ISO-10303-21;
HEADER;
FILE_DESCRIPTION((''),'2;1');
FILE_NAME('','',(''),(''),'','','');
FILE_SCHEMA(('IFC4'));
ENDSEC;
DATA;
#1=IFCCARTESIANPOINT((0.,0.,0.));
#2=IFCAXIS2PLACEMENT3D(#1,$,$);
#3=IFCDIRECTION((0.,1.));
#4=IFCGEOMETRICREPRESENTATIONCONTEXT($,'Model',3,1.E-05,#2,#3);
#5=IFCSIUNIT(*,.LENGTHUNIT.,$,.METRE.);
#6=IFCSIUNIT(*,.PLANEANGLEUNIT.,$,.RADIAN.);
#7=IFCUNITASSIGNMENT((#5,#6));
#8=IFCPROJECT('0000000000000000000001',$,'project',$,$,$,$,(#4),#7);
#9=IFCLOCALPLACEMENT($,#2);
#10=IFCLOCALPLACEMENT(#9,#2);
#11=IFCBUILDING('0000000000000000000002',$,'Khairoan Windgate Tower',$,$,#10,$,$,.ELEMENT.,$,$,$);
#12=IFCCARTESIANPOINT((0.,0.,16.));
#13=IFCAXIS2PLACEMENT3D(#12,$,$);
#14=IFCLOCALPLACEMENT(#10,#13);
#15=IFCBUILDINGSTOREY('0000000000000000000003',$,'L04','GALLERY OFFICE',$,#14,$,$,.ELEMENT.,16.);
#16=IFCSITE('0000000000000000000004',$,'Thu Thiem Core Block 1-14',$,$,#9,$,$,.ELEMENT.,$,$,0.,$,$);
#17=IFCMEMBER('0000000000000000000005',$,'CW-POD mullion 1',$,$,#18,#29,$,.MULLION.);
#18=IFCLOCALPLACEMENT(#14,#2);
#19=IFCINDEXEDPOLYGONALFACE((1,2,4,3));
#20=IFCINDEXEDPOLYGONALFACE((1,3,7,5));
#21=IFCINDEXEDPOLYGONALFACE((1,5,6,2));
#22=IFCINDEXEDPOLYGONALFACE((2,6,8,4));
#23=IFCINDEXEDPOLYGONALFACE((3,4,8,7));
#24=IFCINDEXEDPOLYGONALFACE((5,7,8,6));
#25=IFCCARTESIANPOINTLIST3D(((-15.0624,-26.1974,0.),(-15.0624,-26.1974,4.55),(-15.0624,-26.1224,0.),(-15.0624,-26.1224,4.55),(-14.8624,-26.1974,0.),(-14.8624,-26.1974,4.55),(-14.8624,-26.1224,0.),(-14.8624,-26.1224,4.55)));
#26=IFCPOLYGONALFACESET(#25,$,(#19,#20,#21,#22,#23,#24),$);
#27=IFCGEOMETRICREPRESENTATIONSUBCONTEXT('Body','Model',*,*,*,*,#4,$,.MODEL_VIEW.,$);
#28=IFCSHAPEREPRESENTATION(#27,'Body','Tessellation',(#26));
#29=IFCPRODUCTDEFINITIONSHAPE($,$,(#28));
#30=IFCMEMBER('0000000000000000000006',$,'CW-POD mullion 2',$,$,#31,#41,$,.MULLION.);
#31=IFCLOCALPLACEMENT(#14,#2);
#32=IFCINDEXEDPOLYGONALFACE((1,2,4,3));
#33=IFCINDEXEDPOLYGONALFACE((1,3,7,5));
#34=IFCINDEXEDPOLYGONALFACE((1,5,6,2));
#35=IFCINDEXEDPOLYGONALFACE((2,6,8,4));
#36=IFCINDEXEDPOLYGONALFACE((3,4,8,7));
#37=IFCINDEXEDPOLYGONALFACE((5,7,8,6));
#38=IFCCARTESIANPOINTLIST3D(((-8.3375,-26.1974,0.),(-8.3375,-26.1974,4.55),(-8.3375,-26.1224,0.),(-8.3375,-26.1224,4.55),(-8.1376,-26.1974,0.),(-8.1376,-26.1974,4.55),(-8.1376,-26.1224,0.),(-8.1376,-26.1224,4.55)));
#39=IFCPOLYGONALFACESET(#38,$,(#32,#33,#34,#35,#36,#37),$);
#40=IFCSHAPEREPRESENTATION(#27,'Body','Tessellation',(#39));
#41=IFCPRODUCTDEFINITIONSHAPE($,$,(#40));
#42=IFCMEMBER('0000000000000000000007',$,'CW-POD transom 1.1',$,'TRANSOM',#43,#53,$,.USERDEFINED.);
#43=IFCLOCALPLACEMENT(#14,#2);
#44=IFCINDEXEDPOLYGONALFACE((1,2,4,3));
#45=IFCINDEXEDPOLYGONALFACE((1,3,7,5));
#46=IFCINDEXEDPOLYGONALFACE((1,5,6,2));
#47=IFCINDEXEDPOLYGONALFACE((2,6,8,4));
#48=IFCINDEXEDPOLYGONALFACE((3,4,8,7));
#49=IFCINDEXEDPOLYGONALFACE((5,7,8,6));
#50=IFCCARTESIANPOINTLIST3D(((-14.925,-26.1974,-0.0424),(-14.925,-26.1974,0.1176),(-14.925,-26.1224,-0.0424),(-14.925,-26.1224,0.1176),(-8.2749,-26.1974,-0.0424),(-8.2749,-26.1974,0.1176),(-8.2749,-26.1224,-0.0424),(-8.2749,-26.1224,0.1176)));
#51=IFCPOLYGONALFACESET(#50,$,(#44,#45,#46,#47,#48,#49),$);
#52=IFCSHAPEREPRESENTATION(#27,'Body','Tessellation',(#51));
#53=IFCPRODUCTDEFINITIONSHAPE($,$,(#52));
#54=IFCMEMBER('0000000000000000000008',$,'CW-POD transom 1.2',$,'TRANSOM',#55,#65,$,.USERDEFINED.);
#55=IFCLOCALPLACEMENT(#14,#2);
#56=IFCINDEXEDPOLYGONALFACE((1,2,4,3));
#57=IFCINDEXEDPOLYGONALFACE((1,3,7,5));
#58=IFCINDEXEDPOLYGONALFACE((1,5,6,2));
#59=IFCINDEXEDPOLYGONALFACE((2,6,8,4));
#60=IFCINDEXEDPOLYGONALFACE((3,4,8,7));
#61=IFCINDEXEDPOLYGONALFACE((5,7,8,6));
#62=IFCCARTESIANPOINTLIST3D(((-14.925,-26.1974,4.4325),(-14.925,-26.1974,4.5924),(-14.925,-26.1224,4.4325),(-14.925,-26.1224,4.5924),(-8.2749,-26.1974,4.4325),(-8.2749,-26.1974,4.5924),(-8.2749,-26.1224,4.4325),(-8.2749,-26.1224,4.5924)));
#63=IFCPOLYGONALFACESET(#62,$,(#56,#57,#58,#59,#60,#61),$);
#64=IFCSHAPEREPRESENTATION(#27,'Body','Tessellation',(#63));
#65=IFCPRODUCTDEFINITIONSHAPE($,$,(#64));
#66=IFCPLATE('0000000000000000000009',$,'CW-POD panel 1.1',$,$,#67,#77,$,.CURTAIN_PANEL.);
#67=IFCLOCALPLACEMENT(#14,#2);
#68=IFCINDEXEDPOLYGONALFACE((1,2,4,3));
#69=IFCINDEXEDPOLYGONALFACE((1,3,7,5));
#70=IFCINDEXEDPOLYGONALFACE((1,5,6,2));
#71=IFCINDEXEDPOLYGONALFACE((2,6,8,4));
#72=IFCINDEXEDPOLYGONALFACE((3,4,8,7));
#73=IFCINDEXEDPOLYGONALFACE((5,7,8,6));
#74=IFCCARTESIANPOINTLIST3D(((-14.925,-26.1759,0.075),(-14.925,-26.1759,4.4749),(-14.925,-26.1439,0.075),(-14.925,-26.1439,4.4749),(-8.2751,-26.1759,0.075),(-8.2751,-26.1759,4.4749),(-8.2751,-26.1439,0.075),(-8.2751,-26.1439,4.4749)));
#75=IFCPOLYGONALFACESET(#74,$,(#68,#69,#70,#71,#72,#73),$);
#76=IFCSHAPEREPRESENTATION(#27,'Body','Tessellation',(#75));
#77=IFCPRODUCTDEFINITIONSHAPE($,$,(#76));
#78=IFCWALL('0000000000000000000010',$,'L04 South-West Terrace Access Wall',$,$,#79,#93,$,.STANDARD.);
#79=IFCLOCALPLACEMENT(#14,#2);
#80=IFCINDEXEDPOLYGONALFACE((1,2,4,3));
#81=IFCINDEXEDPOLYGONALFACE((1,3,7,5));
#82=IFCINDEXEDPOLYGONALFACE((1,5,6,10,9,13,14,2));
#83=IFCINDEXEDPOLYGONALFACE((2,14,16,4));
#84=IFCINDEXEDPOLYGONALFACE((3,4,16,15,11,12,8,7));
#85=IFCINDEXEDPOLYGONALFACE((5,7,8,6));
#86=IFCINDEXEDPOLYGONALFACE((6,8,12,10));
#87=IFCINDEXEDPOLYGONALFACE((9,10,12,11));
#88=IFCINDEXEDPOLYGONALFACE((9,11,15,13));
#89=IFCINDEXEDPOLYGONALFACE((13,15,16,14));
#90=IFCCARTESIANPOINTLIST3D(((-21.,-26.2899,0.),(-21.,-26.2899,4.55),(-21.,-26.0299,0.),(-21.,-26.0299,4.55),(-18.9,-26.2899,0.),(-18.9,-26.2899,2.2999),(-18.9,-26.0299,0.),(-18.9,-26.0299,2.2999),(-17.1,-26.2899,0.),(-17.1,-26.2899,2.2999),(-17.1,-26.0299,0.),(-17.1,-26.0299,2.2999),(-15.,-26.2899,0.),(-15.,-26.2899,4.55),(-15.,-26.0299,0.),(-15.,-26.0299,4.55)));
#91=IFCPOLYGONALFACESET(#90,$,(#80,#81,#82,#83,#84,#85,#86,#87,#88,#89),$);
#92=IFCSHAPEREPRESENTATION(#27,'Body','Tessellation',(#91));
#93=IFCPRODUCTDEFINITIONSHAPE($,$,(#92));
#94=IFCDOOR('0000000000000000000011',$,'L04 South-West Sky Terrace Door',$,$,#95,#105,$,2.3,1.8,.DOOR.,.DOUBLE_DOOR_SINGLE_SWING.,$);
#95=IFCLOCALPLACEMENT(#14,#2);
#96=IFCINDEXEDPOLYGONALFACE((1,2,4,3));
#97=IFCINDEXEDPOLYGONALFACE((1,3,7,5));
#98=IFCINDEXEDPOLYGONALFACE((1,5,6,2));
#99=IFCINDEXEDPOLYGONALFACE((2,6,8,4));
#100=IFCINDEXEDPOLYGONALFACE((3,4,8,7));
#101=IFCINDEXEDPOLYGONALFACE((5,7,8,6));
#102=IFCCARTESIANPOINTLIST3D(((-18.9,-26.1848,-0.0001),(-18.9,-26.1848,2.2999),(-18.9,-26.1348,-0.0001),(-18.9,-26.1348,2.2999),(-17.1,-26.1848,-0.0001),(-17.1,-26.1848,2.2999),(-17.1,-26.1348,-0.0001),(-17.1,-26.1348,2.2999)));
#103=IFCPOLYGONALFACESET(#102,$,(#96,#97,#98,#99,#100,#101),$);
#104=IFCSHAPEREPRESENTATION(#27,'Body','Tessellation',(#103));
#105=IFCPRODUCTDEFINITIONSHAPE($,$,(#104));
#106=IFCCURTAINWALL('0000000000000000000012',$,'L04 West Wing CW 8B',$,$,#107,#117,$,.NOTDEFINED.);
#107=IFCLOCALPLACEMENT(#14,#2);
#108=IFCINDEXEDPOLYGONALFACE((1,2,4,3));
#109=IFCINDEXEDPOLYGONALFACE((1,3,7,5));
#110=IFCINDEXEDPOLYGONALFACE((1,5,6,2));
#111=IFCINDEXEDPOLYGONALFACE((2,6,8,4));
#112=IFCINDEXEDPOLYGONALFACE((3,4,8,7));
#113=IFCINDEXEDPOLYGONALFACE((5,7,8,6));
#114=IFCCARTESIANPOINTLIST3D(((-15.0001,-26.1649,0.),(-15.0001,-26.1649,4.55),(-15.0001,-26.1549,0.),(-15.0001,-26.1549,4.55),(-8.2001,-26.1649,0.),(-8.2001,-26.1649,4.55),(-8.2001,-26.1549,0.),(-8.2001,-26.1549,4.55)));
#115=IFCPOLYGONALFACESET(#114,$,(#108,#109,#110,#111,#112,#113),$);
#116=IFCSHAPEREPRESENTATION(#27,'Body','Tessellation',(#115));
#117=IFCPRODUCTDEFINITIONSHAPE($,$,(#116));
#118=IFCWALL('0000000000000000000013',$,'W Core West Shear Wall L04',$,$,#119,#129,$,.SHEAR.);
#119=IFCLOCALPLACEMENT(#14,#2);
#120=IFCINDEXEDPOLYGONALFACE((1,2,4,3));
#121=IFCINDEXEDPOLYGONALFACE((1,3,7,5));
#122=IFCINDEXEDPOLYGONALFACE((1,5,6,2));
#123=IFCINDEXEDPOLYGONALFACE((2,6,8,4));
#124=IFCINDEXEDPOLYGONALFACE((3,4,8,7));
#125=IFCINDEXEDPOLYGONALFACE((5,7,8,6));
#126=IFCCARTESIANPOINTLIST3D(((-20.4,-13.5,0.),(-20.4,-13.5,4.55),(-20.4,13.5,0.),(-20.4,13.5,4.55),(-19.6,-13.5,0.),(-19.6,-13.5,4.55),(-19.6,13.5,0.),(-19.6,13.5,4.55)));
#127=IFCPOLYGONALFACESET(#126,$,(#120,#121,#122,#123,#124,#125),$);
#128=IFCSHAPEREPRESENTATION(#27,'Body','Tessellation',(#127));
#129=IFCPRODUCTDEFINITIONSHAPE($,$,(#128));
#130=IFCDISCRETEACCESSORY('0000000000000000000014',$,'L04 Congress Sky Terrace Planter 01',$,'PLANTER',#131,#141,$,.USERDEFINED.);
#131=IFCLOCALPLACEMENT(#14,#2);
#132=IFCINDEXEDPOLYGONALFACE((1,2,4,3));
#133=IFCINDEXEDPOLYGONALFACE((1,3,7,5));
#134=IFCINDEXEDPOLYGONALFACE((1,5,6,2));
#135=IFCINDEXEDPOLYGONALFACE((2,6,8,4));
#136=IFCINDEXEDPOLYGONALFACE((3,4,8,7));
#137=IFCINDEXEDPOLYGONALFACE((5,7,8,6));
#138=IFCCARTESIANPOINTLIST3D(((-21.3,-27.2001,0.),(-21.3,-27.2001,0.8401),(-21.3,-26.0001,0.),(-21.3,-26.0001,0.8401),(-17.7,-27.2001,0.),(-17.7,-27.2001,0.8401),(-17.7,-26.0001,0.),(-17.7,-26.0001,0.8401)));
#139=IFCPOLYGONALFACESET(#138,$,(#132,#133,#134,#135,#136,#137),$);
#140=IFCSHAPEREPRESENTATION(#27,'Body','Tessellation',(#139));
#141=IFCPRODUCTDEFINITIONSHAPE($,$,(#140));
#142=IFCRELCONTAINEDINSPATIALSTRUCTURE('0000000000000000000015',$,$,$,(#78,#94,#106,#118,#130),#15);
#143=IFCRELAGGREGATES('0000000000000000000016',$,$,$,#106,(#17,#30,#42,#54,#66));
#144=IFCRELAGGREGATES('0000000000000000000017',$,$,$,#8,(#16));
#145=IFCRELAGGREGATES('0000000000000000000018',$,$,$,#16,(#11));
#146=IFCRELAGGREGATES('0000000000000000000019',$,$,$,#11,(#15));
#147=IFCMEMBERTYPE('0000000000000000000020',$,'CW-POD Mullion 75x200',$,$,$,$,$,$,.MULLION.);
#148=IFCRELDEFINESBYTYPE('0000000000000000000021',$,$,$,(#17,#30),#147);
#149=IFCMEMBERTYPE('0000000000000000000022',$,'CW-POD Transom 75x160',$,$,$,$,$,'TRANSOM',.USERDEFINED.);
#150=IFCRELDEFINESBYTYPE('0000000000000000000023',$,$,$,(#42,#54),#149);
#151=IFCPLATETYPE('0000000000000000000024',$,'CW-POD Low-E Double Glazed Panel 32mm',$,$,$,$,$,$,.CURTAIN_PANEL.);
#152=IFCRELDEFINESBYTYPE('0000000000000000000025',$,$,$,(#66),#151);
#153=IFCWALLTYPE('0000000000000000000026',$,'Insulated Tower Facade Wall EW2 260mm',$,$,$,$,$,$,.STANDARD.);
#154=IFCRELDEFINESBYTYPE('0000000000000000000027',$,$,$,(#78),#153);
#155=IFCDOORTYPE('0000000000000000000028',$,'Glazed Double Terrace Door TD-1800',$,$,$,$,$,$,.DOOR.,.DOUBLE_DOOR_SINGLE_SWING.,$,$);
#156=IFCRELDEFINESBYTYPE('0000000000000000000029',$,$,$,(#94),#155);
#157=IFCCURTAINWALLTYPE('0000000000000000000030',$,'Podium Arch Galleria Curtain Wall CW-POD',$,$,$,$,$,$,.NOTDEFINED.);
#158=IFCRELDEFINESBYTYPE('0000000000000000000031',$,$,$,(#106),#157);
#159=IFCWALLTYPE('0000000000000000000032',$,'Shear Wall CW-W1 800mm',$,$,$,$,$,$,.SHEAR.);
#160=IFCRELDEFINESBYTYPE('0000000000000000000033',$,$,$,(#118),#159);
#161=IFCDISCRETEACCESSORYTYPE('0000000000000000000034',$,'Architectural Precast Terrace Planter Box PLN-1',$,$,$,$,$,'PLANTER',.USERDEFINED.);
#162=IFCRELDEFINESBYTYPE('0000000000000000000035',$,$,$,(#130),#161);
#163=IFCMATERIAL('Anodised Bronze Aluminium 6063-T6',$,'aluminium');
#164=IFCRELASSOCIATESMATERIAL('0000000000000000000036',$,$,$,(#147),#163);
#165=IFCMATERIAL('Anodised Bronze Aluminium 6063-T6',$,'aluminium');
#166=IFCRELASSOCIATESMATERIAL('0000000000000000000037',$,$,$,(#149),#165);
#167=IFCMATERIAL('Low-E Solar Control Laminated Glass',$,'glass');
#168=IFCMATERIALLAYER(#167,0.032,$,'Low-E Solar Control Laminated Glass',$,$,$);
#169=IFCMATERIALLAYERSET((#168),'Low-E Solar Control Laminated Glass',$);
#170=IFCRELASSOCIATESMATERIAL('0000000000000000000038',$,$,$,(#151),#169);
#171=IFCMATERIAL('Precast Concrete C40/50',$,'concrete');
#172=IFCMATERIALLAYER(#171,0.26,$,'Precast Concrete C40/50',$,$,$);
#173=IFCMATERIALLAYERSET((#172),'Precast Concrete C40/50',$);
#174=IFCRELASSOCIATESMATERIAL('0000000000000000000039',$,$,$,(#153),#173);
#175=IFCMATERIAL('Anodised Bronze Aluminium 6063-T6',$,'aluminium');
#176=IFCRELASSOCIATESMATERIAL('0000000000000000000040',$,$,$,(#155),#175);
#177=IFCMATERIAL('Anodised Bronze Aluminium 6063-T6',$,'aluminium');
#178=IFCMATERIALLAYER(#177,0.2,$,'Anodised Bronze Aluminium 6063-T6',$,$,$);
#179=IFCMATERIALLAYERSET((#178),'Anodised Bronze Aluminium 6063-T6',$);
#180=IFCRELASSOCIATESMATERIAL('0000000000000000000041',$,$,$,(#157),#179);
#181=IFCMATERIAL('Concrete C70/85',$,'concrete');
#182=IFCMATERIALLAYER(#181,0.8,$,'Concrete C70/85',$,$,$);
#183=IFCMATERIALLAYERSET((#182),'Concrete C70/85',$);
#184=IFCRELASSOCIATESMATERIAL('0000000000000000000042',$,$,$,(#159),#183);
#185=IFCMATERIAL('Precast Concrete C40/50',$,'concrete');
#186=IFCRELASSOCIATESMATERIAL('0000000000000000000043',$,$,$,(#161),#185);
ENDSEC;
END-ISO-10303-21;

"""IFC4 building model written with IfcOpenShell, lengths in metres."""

from ifc_helpers import new_model, si_unit, direction, frame, frame_2d, origin, origin_2d, place, context, subcontext, project, spatial, rectangle, extrude, material, layer, layer_set, material_profile, profile_set, type_object, element, fill, aggregate, save


model = new_model("IFC4")

# Units and contexts
model_context = context("Model", 3, precision=1e-05, world=origin(), true_north=direction((0.0, 1.0)))
body_context = subcontext(model_context, "Body", "Model", "MODEL_VIEW")
ifc_project = project(units=[si_unit("LENGTHUNIT", "METRE"), si_unit("PLANEANGLEUNIT", "RADIAN")], contexts=[model_context])

# Site, building, storey
site_placement = place(None, origin())
site = spatial("IfcSite", under=ifc_project, at=site_placement, Name="Thu Thiem Core Block 1-14", CompositionType="ELEMENT", RefElevation=0.0)
building_placement = place(site_placement, origin())
building = spatial("IfcBuilding", under=site, at=building_placement, Name="Khairoan Windgate Tower", CompositionType="ELEMENT")
storey_placement = place(building_placement, frame((0.0, 0.0, 16.0)))
storey = spatial("IfcBuildingStorey", under=building, at=storey_placement, Name="L04", Description="GALLERY OFFICE", CompositionType="ELEMENT", Elevation=16.0)

# Members
ifc_material_1 = material(Name="Anodised Bronze Aluminium 6063-T6", Category="aluminium")
ifc_material_profile_1 = material_profile(ifc_material_1, rectangle(XDim=0.075, YDim=0.2, at=origin_2d()))
ifc_profile_set_1 = profile_set([ifc_material_profile_1], Name="Anodised Bronze Aluminium 6063-T6")
member_type_1 = type_object("IfcMemberType", Name="CW-POD Mullion 75x200", PredefinedType="MULLION", material=ifc_profile_set_1)
member_1_placement = place(storey_placement, frame((-14.9624, -26.1599, 0.0), z_axis=(0.0, 0.0, 1.0), x_axis=(0.0, 1.0, 0.0)))
member_1 = element("IfcMember", 1, at=member_1_placement, type_object=member_type_1, Name="CW-POD mullion 1", PredefinedType="MULLION", context=body_context, shape_type="SweptSolid", body=[
    extrude(rectangle(XDim=0.075, YDim=0.2, at=origin_2d()), origin(), (0.0, 0.0, 1.0), 4.55),
])
member_2_placement = place(storey_placement, frame((-8.2375, -26.1599, 0.0), z_axis=(0.0, 0.0, 1.0), x_axis=(0.0, 1.0, 0.0)))
member_2 = element("IfcMember", 2, at=member_2_placement, type_object=member_type_1, Name="CW-POD mullion 2", PredefinedType="MULLION", context=body_context, shape_type="SweptSolid", body=[
    extrude(rectangle(XDim=0.075, YDim=0.2, at=origin_2d()), origin(), (0.0, 0.0, 1.0), 4.55),
])
ifc_material_2 = material(Name="Anodised Bronze Aluminium 6063-T6", Category="aluminium")
ifc_material_profile_2 = material_profile(ifc_material_2, rectangle(XDim=0.075, YDim=0.1599, at=origin_2d()))
ifc_profile_set_2 = profile_set([ifc_material_profile_2], Name="Anodised Bronze Aluminium 6063-T6")
member_type_2 = type_object("IfcMemberType", Name="CW-POD Transom 75x160", ElementType="TRANSOM", PredefinedType="USERDEFINED", material=ifc_profile_set_2)
member_3_placement = place(storey_placement, frame((-14.925, -26.1599, 0.0376), z_axis=(1.0, 0.0, 0.0), x_axis=(0.0, 1.0, 0.0)))
member_3 = element("IfcMember", 3, at=member_3_placement, type_object=member_type_2, Name="CW-POD transom 1.1", ObjectType="TRANSOM", PredefinedType="USERDEFINED", context=body_context, shape_type="SweptSolid", body=[
    extrude(rectangle(XDim=0.075, YDim=0.1599, at=origin_2d()), origin(), (0.0, 0.0, 1.0), 6.6501),
])
member_4_placement = place(storey_placement, frame((-14.925, -26.1599, 4.5125), z_axis=(1.0, 0.0, 0.0), x_axis=(0.0, 1.0, 0.0)))
member_4 = element("IfcMember", 4, at=member_4_placement, type_object=member_type_2, Name="CW-POD transom 1.2", ObjectType="TRANSOM", PredefinedType="USERDEFINED", context=body_context, shape_type="SweptSolid", body=[
    extrude(rectangle(XDim=0.075, YDim=0.1599, at=origin_2d()), origin(), (0.0, 0.0, 1.0), 6.6501),
])

# Plate
ifc_material_3 = material(Name="Low-E Solar Control Laminated Glass", Category="glass")
ifc_layer_1 = layer(ifc_material_3, 0.032, Name="Low-E Solar Control Laminated Glass")
ifc_layer_set_1 = layer_set([ifc_layer_1], Name="Low-E Solar Control Laminated Glass")
plate_type = type_object("IfcPlateType", Name="CW-POD Low-E Double Glazed Panel 32mm", PredefinedType="CURTAIN_PANEL", material=ifc_layer_set_1)
plate_placement = place(storey_placement, frame((-11.6001, -26.1599, 0.075), z_axis=(0.0, 0.0, 1.0), x_axis=(1.0, 0.0, 0.0)))
plate = element("IfcPlate", 5, at=plate_placement, type_object=plate_type, Name="CW-POD panel 1.1", PredefinedType="CURTAIN_PANEL", context=body_context, shape_type="SweptSolid", body=[
    extrude(rectangle(XDim=6.6499, YDim=0.032, at=origin_2d()), origin(), (0.0, 0.0, 1.0), 4.3999),
])

# Wall, opening, door
ifc_material_4 = material(Name="Precast Concrete C40/50", Category="concrete")
ifc_layer_2 = layer(ifc_material_4, 0.26, Name="Precast Concrete C40/50")
ifc_layer_set_2 = layer_set([ifc_layer_2], Name="Precast Concrete C40/50")
wall_type_1 = type_object("IfcWallType", Name="Insulated Tower Facade Wall EW2 260mm", PredefinedType="STANDARD", material=ifc_layer_set_2)
wall_1_placement = place(storey_placement, frame((-15.0, -26.1599, 0.0), z_axis=(0.0, 0.0, 1.0), x_axis=(-1.0, 0.0, 0.0)))
wall_1 = element("IfcWall", 6, at=wall_1_placement, inside=storey, type_object=wall_type_1, Name="L04 South-West Terrace Access Wall", PredefinedType="STANDARD", context=body_context, shape_type="SweptSolid", body=[
    extrude(rectangle(XDim=6.0, YDim=0.26, at=frame_2d((3.0, 0.0))), origin(), (0.0, 0.0, 1.0), 4.55),
])
opening_placement = place(wall_1_placement, frame((2.1001, 0.0, 0.0)))
opening = element("IfcOpeningElement", 7, at=opening_placement, cuts=wall_1, PredefinedType="OPENING", context=body_context, shape_type="SweptSolid", body=[
    extrude(rectangle(XDim=1.8, YDim=2.3, at=frame_2d((0.8999, 1.1499))), frame((0.0, 0.1399, 0.0), z_axis=(0.0, -1.0, 0.0), x_axis=(1.0, 0.0, 0.0)), (0.0, 0.0, 1.0), 0.28),
])
ifc_material_5 = material(Name="Anodised Bronze Aluminium 6063-T6", Category="aluminium")
door_type = type_object("IfcDoorType", Name="Glazed Double Terrace Door TD-1800", OperationType="DOUBLE_DOOR_SINGLE_SWING", PredefinedType="DOOR", material=ifc_material_5)
door_placement = place(opening_placement, origin())
door = element("IfcDoor", 8, at=door_placement, inside=storey, type_object=door_type, Name="L04 South-West Sky Terrace Door", OperationType="DOUBLE_DOOR_SINGLE_SWING", OverallHeight=2.3, OverallWidth=1.8, PredefinedType="DOOR", context=body_context, shape_type="SweptSolid", body=[
    extrude(rectangle(XDim=1.8, YDim=2.3, at=frame_2d((0.8999, 1.1499))), frame((0.0, 0.0249, 0.0), z_axis=(0.0, -1.0, 0.0), x_axis=(1.0, 0.0, 0.0)), (0.0, 0.0, 1.0), 0.05),
])
fill(opening, door)

# Curtain wall
ifc_material_6 = material(Name="Anodised Bronze Aluminium 6063-T6", Category="aluminium")
ifc_layer_3 = layer(ifc_material_6, 0.2, Name="Anodised Bronze Aluminium 6063-T6")
ifc_layer_set_3 = layer_set([ifc_layer_3], Name="Anodised Bronze Aluminium 6063-T6")
curtain_wall_type = type_object("IfcCurtainWallType", Name="Podium Arch Galleria Curtain Wall CW-POD", PredefinedType="NOTDEFINED", material=ifc_layer_set_3)
curtain_wall_placement = place(storey_placement, frame((-15.0, -26.1599, 0.0), z_axis=(0.0, 0.0, 1.0), x_axis=(1.0, 0.0, 0.0)))
curtain_wall = element("IfcCurtainWall", 9, at=curtain_wall_placement, inside=storey, type_object=curtain_wall_type, Name="L04 West Wing CW 8B", PredefinedType="NOTDEFINED", context=body_context, shape_type="SweptSolid", body=[
    extrude(rectangle(XDim=6.8, YDim=0.01, at=frame_2d((3.3999, 0.0))), origin(), (0.0, 0.0, 1.0), 4.55),
])
aggregate(curtain_wall, [member_1, member_2, member_3, member_4, plate])

# Wall
ifc_material_7 = material(Name="Concrete C70/85", Category="concrete")
ifc_layer_4 = layer(ifc_material_7, 0.8, Name="Concrete C70/85")
ifc_layer_set_4 = layer_set([ifc_layer_4], Name="Concrete C70/85")
wall_type_2 = type_object("IfcWallType", Name="Shear Wall CW-W1 800mm", PredefinedType="SHEAR", material=ifc_layer_set_4)
wall_2_placement = place(storey_placement, frame((-20.0, -13.5, 0.0), z_axis=(0.0, 0.0, 1.0), x_axis=(0.0, 1.0, 0.0)))
element("IfcWall", 10, at=wall_2_placement, inside=storey, type_object=wall_type_2, Name="W Core West Shear Wall L04", PredefinedType="SHEAR", context=body_context, shape_type="SweptSolid", body=[
    extrude(rectangle(XDim=27.0, YDim=0.8, at=frame_2d((13.5, 0.0))), origin(), (0.0, 0.0, 1.0), 4.55),
])

# Discrete accessory
ifc_material_8 = material(Name="Precast Concrete C40/50", Category="concrete")
discrete_accessory_type = type_object("IfcDiscreteAccessoryType", Name="Architectural Precast Terrace Planter Box PLN-1", ElementType="PLANTER", PredefinedType="USERDEFINED", material=ifc_material_8)
discrete_accessory_placement = place(storey_placement, frame((-19.5, -26.6001, 0.0), z_axis=(0.0, 0.0, 1.0), x_axis=(1.0, 0.0, 0.0)))
element("IfcDiscreteAccessory", 11, at=discrete_accessory_placement, inside=storey, type_object=discrete_accessory_type, Name="L04 Congress Sky Terrace Planter 01", ObjectType="PLANTER", PredefinedType="USERDEFINED", context=body_context, shape_type="SweptSolid", body=[
    extrude(rectangle(XDim=3.6001, YDim=1.2, at=origin_2d()), origin(), (0.0, 0.0, 1.0), 0.8401),
])

save(model, "model.ifc")
